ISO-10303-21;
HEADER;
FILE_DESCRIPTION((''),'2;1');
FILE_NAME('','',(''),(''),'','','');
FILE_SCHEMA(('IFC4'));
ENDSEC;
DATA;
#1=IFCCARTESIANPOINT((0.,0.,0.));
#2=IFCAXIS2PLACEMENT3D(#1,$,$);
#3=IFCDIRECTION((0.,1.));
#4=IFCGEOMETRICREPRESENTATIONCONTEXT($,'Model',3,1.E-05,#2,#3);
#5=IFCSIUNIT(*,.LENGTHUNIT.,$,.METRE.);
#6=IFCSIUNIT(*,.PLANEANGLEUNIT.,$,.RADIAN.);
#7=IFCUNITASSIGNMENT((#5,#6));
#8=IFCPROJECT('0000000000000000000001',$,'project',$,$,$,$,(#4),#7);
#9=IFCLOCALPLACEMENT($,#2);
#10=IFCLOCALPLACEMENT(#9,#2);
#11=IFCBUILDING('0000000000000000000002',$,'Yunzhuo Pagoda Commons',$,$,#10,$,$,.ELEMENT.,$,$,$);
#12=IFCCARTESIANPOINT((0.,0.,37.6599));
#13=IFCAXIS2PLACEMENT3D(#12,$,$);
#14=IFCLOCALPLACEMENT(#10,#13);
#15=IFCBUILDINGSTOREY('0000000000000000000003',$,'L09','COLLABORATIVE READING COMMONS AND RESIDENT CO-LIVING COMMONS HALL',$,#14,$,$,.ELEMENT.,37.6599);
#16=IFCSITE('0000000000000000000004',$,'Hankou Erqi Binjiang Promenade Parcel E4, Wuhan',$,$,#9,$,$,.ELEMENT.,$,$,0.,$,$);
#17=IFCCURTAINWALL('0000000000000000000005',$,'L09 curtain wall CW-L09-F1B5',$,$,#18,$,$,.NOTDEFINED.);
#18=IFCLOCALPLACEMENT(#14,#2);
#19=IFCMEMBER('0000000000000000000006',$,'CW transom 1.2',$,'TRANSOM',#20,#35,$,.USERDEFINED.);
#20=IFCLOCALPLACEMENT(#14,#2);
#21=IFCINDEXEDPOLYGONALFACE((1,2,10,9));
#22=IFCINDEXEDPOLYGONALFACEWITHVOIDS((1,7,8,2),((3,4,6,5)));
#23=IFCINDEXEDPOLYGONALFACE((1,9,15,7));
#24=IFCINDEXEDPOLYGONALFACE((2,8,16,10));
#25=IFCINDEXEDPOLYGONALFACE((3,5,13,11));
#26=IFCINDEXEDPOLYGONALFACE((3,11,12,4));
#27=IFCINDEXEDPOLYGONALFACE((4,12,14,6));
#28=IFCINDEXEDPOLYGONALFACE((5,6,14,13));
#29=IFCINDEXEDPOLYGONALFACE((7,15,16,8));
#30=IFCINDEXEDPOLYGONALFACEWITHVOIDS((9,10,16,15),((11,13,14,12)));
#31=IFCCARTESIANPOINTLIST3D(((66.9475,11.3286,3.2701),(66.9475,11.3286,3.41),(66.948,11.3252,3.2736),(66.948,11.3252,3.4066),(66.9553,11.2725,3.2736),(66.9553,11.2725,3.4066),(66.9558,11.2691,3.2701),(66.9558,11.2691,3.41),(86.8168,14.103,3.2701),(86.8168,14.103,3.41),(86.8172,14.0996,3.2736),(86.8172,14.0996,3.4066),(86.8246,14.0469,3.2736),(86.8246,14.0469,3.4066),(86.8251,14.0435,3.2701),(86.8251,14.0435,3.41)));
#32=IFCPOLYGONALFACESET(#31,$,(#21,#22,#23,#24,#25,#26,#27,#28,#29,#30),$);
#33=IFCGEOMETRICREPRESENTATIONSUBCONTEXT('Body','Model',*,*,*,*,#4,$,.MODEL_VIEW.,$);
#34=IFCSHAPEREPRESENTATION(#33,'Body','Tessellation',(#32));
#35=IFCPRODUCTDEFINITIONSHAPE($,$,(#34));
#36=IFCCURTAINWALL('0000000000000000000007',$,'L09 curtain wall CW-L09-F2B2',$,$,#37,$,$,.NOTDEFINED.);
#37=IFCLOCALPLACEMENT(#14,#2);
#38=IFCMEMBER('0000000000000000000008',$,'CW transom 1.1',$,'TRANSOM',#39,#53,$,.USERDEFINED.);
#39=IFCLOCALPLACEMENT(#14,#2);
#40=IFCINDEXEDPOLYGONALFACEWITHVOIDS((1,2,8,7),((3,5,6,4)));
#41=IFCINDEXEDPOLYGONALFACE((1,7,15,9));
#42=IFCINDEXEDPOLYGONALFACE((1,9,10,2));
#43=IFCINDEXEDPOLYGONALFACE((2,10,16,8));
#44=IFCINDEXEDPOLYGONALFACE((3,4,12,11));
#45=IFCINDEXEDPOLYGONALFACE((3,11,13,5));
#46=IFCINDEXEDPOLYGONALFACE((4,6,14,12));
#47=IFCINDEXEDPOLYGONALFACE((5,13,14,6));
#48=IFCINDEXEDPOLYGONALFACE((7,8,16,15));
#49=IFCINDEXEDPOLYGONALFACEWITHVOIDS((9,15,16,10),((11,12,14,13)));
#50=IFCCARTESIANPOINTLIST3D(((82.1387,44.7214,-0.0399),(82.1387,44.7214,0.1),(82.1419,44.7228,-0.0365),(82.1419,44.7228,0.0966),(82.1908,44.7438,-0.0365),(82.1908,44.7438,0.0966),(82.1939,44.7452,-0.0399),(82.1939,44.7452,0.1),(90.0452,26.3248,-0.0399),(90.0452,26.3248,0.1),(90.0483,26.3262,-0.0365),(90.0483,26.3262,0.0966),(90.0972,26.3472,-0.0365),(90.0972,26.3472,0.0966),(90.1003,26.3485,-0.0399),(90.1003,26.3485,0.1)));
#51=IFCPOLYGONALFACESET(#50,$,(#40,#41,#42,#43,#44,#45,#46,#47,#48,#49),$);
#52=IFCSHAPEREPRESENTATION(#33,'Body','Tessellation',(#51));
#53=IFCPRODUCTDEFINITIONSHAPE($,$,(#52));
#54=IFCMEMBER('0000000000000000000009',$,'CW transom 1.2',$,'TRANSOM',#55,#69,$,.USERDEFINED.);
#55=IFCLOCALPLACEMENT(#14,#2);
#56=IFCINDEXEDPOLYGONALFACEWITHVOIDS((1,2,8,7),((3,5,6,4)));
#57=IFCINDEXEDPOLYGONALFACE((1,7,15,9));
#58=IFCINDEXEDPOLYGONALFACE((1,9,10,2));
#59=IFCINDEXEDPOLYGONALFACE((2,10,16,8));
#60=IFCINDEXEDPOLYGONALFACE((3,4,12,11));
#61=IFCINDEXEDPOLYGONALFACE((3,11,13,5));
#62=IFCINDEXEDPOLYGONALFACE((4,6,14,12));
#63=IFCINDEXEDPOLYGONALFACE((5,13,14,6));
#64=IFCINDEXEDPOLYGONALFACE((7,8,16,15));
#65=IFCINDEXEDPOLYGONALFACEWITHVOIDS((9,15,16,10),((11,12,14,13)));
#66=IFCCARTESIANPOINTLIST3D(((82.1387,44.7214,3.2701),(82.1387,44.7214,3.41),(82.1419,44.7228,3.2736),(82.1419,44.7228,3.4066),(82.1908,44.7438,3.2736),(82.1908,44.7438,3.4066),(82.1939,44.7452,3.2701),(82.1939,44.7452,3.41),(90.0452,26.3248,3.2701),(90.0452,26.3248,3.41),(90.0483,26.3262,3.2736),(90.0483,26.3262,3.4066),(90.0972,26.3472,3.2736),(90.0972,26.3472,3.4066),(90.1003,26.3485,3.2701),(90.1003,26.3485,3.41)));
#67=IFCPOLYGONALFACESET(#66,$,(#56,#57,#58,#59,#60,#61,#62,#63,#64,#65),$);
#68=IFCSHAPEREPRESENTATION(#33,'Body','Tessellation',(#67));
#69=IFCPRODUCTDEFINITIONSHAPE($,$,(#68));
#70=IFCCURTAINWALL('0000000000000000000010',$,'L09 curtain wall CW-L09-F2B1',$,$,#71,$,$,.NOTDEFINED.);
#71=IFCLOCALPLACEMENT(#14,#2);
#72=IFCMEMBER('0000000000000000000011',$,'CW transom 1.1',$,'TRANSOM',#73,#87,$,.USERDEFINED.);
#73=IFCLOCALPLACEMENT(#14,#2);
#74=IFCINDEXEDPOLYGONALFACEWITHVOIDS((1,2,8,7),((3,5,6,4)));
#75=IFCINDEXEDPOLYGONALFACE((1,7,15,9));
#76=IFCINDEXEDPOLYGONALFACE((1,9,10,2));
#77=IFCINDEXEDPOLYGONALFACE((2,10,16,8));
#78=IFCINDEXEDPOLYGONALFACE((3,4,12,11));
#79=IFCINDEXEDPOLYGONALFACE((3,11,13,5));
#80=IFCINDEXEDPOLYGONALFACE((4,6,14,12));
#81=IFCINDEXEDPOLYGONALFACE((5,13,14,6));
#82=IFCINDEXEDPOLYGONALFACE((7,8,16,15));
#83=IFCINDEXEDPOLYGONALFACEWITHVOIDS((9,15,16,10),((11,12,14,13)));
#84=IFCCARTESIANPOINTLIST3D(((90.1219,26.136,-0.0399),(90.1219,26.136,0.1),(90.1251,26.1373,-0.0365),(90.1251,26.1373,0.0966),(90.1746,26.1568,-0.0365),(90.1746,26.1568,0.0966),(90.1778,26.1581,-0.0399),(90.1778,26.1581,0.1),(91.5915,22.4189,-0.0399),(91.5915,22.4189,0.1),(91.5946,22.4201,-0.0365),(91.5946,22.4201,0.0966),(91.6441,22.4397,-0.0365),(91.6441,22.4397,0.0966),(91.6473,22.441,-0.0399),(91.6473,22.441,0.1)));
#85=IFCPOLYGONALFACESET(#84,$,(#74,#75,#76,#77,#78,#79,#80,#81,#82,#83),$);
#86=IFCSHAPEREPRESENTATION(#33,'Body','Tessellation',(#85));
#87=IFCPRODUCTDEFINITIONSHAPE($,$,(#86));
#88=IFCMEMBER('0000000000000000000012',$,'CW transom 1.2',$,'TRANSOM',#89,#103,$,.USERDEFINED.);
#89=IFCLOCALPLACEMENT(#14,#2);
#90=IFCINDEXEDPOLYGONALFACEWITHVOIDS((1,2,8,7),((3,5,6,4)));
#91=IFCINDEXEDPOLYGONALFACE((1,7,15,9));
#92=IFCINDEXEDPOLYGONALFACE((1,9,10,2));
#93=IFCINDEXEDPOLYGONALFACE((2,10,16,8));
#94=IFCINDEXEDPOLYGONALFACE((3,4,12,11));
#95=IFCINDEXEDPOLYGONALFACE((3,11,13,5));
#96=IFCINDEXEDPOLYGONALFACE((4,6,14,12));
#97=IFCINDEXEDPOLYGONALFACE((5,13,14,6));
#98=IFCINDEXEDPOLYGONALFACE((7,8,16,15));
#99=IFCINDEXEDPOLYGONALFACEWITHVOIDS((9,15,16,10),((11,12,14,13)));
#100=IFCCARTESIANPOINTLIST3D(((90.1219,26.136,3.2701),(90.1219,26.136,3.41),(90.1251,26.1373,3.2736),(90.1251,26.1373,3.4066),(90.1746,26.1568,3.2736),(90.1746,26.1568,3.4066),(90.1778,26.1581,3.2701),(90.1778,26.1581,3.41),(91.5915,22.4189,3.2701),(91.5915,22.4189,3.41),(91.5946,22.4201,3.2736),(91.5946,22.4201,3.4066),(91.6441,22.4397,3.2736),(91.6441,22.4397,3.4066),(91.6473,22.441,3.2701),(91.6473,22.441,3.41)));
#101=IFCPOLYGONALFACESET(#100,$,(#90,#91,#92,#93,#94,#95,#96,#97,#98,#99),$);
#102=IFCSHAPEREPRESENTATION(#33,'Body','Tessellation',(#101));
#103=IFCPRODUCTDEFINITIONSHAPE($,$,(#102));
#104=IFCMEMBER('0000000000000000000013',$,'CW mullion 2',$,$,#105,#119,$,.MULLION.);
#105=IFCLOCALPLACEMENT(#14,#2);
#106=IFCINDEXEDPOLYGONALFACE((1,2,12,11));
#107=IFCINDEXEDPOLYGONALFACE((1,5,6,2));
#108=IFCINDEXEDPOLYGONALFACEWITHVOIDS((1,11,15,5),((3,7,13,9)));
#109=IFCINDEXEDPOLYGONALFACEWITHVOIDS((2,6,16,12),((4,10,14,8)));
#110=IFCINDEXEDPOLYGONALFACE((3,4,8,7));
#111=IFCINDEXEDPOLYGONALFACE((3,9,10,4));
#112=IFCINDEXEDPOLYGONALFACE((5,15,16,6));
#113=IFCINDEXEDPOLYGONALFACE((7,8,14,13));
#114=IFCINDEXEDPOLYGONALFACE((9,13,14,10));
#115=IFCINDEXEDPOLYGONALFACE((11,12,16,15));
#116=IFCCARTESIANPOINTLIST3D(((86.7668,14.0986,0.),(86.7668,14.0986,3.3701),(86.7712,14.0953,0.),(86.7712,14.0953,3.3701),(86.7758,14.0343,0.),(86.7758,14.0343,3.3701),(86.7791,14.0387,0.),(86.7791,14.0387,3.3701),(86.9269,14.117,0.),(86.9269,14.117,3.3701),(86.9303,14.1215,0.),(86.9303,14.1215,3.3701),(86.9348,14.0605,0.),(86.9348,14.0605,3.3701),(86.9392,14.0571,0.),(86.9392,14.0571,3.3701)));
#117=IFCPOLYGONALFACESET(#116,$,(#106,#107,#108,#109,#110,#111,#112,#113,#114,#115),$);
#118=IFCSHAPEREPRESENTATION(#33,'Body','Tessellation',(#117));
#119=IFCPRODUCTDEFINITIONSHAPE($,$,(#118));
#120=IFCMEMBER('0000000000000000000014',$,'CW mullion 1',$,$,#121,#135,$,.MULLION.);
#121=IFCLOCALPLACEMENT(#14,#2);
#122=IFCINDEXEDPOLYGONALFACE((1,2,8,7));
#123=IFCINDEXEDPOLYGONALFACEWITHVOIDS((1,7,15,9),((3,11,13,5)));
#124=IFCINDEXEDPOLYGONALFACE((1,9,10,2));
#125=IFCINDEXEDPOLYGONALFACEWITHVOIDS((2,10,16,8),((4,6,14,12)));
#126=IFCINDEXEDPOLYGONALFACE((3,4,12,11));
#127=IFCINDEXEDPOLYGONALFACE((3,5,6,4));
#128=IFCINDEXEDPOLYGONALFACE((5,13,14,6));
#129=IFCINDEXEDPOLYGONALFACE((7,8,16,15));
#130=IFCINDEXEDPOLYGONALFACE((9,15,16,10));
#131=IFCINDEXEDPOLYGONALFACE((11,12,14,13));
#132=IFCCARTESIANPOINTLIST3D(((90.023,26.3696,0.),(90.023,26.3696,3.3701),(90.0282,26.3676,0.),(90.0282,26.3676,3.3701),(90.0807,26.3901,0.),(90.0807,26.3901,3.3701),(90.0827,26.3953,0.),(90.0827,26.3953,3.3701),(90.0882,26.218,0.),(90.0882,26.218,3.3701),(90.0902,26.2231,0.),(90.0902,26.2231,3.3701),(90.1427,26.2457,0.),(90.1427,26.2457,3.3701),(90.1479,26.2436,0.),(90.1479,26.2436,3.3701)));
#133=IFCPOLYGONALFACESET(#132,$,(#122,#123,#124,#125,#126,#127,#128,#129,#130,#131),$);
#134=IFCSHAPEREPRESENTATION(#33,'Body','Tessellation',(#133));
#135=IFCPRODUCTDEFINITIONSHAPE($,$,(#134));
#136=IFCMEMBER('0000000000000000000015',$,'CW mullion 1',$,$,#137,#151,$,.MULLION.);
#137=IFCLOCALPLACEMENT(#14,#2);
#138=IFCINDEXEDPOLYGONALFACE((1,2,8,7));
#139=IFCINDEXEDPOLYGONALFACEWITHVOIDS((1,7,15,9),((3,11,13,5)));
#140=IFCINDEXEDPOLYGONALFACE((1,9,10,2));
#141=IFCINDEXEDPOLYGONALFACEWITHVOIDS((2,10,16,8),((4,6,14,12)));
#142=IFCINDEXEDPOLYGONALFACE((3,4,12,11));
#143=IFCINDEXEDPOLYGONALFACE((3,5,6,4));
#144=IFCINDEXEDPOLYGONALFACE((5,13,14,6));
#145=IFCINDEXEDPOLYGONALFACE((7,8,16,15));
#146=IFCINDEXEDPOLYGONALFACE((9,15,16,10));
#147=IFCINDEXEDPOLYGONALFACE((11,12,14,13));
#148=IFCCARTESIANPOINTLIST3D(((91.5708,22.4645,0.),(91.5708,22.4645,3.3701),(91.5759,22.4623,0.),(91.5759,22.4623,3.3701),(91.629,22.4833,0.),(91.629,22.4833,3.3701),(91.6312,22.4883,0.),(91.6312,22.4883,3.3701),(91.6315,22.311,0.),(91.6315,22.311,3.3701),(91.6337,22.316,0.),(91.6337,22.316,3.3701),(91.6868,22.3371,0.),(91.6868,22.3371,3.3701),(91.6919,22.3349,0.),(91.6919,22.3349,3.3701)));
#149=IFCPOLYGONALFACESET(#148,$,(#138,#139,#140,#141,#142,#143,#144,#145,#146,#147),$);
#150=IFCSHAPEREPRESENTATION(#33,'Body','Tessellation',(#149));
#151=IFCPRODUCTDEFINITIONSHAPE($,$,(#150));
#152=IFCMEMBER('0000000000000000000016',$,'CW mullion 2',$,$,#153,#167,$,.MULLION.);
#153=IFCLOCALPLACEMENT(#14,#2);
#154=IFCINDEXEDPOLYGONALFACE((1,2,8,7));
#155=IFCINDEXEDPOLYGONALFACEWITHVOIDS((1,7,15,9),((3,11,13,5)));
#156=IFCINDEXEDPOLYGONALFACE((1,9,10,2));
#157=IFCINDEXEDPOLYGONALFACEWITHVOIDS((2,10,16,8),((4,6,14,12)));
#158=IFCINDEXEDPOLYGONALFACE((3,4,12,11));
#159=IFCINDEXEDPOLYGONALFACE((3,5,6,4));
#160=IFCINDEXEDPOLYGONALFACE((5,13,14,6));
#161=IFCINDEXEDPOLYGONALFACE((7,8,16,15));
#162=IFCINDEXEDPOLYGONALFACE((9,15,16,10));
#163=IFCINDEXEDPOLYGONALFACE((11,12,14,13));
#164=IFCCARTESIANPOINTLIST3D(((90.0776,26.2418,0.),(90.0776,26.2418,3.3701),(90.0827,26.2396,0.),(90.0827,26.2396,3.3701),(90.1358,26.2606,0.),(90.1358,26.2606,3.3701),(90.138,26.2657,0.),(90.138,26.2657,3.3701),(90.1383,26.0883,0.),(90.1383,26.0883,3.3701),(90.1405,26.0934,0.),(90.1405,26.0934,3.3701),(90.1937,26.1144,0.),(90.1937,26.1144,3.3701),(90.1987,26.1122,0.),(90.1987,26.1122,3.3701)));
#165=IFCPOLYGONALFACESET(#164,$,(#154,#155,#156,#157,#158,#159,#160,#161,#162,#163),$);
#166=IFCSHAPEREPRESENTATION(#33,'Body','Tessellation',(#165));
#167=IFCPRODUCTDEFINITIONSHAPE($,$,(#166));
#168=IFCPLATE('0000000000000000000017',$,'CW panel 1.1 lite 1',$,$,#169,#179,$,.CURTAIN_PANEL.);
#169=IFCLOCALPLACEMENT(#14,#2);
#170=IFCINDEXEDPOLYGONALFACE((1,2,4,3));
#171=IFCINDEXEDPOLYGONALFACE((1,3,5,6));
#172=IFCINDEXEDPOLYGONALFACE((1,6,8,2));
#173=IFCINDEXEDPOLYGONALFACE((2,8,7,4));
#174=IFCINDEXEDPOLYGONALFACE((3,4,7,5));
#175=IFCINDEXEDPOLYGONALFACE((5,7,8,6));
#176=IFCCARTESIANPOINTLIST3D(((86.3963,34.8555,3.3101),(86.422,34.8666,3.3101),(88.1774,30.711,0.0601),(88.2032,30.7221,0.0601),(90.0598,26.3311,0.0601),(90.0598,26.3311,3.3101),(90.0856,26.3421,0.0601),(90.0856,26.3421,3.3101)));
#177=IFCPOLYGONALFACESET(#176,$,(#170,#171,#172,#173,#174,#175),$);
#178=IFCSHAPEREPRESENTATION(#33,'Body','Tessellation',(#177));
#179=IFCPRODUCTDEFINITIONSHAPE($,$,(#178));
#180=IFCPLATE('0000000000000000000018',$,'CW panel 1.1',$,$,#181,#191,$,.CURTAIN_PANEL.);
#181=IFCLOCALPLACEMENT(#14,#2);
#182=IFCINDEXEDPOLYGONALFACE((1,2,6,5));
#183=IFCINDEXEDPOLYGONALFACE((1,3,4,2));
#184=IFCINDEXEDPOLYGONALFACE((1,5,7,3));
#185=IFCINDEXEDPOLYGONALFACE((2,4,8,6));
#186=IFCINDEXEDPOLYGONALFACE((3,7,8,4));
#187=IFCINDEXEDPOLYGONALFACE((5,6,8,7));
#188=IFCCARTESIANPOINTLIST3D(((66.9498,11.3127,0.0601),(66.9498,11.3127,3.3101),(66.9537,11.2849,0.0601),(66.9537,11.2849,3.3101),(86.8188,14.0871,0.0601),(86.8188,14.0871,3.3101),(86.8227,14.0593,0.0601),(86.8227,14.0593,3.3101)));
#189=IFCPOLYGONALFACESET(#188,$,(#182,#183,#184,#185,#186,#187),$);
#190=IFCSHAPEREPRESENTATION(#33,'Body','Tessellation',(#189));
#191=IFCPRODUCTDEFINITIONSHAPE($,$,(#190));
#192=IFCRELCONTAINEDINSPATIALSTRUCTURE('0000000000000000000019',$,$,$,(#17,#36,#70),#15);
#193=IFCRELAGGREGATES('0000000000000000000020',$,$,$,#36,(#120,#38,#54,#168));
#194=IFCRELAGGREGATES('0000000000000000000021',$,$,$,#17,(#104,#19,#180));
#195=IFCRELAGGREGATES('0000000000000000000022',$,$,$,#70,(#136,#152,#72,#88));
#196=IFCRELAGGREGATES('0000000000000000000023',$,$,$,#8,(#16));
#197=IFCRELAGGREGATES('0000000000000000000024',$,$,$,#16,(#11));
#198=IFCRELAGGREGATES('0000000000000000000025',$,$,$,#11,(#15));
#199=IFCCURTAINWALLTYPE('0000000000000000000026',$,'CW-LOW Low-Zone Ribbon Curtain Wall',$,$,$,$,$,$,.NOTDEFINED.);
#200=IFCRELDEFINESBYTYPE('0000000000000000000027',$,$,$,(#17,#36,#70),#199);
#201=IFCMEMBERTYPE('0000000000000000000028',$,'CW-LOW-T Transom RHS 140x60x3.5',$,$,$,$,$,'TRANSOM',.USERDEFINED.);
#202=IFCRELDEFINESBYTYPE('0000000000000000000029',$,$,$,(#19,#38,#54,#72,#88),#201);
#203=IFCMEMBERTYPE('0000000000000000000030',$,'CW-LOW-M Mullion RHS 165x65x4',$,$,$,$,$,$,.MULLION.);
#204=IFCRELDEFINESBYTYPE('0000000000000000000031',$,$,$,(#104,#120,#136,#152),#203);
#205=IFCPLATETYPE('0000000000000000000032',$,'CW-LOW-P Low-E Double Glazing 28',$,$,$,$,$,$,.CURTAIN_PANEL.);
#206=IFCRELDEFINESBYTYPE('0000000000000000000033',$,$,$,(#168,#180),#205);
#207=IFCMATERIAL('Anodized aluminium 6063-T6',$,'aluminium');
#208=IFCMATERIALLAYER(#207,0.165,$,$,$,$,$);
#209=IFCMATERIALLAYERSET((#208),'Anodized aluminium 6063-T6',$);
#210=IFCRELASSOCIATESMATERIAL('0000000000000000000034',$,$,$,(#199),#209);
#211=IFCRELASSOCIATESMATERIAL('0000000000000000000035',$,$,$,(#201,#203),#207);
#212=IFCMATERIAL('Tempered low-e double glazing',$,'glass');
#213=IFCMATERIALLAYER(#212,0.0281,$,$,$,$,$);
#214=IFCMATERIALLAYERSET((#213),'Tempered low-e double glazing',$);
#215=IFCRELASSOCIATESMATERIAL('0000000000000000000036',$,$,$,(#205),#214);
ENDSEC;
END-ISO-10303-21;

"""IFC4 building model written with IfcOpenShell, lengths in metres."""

from ifc_helpers import new_model, si_unit, direction, frame, origin, origin_2d, place, context, subcontext, project, spatial, polyline, rectangle, hollow_rectangle, outline, extrude, source, transform, mapped, material, layer, layer_set, material_profile, profile_set, type_object, element, aggregate, save


model = new_model("IFC4")

# Units and contexts
model_context = context("Model", 3, precision=1e-05, world=origin(), true_north=direction((0.0, 1.0)))
body_context = subcontext(model_context, "Body", "Model", "MODEL_VIEW")
ifc_project = project(units=[si_unit("LENGTHUNIT", "METRE"), si_unit("PLANEANGLEUNIT", "RADIAN")], contexts=[model_context])

# Site, building, storey
site_placement = place(None, origin())
site = spatial("IfcSite", under=ifc_project, at=site_placement, Name="Hankou Erqi Binjiang Promenade Parcel E4, Wuhan", CompositionType="ELEMENT", RefElevation=0.0)
building_placement = place(site_placement, origin())
building = spatial("IfcBuilding", under=site, at=building_placement, Name="Yunzhuo Pagoda Commons", CompositionType="ELEMENT")
storey_placement = place(building_placement, frame((0.0, 0.0, 37.6599)))
storey = spatial("IfcBuildingStorey", under=building, at=storey_placement, Name="L09", Description="COLLABORATIVE READING COMMONS AND RESIDENT CO-LIVING COMMONS HALL", CompositionType="ELEMENT", Elevation=37.6599)

# Curtain walls, members
ifc_material_1 = material(Name="Anodized aluminium 6063-T6", Category="aluminium")
ifc_layer_1 = layer(ifc_material_1, 0.165)
ifc_layer_set_1 = layer_set([ifc_layer_1], Name="Anodized aluminium 6063-T6")
curtain_wall_type = type_object("IfcCurtainWallType", Name="CW-LOW Low-Zone Ribbon Curtain Wall", PredefinedType="NOTDEFINED", material=ifc_layer_set_1)
curtain_wall_1_placement = place(storey_placement, origin())
curtain_wall_1 = element("IfcCurtainWall", 1, at=curtain_wall_1_placement, inside=storey, type_object=curtain_wall_type, Name="L09 curtain wall CW-L09-F1B5", PredefinedType="NOTDEFINED")
ifc_material_profile_1 = material_profile(ifc_material_1, hollow_rectangle(XDim=0.0601, YDim=0.1399, WallThickness=0.0034, at=origin_2d()), Name="Anodized aluminium 6063-T6")
ifc_profile_set_1 = profile_set([ifc_material_profile_1], Name="Anodized aluminium 6063-T6")
member_type_1 = type_object("IfcMemberType", Name="CW-LOW-T Transom RHS 140x60x3.5", ElementType="TRANSOM", PredefinedType="USERDEFINED", material=ifc_profile_set_1)
shared_shape_1 = source(origin(), body_context, "Body", "SweptSolid", [
    extrude(hollow_rectangle(XDim=0.0601, YDim=0.1399, WallThickness=0.0034, at=origin_2d()), origin(), (0.0, 0.0, 1.0), 20.062),
])
member_1_placement = place(storey_placement, frame((66.9517, 11.2988, 3.3401), z_axis=(0.990391, 0.138293, 0.0), x_axis=(-0.138293, 0.990391, 0.0)))
member_1 = element("IfcMember", 2, at=member_1_placement, type_object=member_type_1, Name="CW transom 1.2", ObjectType="TRANSOM", PredefinedType="USERDEFINED", context=body_context, shape_type="MappedRepresentation", body=[
    mapped(shared_shape_1, transform((0.0, 0.0, 0.0), scale=1.0)),
])
curtain_wall_2_placement = place(storey_placement, origin())
curtain_wall_2 = element("IfcCurtainWall", 3, at=curtain_wall_2_placement, inside=storey, type_object=curtain_wall_type, Name="L09 curtain wall CW-L09-F2B2", PredefinedType="NOTDEFINED")
shared_shape_2 = source(origin(), body_context, "Body", "SweptSolid", [
    extrude(hollow_rectangle(XDim=0.0601, YDim=0.1399, WallThickness=0.0034, at=origin_2d()), origin(), (0.0, 0.0, 1.0), 20.0237),
])
member_2_placement = place(storey_placement, frame((90.0728, 26.3367, 0.03), z_axis=(-0.394855, 0.918743, 0.0), x_axis=(-0.918743, -0.394855, 0.0)))
member_2 = element("IfcMember", 4, at=member_2_placement, type_object=member_type_1, Name="CW transom 1.1", ObjectType="TRANSOM", PredefinedType="USERDEFINED", context=body_context, shape_type="MappedRepresentation", body=[
    mapped(shared_shape_2, transform((0.0, 0.0, 0.0), scale=1.0)),
])
member_3_placement = place(storey_placement, frame((90.0728, 26.3367, 3.3401), z_axis=(-0.394855, 0.918743, 0.0), x_axis=(-0.918743, -0.394855, 0.0)))
member_3 = element("IfcMember", 5, at=member_3_placement, type_object=member_type_1, Name="CW transom 1.2", ObjectType="TRANSOM", PredefinedType="USERDEFINED", context=body_context, shape_type="MappedRepresentation", body=[
    mapped(shared_shape_2, transform((0.0, 0.0, 0.0), scale=1.0)),
])
curtain_wall_3_placement = place(storey_placement, origin())
curtain_wall_3 = element("IfcCurtainWall", 6, at=curtain_wall_3_placement, inside=storey, type_object=curtain_wall_type, Name="L09 curtain wall CW-L09-F2B1", PredefinedType="NOTDEFINED")
shared_shape_3 = source(origin(), body_context, "Body", "SweptSolid", [
    extrude(hollow_rectangle(XDim=0.0601, YDim=0.1399, WallThickness=0.0034, at=origin_2d()), origin(), (0.0, 0.0, 1.0), 3.9971),
])
member_4_placement = place(storey_placement, frame((91.6194, 22.4299, 0.03), z_axis=(-0.367649, 0.929965, 0.0), x_axis=(-0.929965, -0.367649, 0.0)))
member_4 = element("IfcMember", 7, at=member_4_placement, type_object=member_type_1, Name="CW transom 1.1", ObjectType="TRANSOM", PredefinedType="USERDEFINED", context=body_context, shape_type="MappedRepresentation", body=[
    mapped(shared_shape_3, transform((0.0, 0.0, 0.0), scale=1.0)),
])
member_5_placement = place(storey_placement, frame((91.6194, 22.4299, 3.3401), z_axis=(-0.367649, 0.929965, 0.0), x_axis=(-0.929965, -0.367649, 0.0)))
member_5 = element("IfcMember", 8, at=member_5_placement, type_object=member_type_1, Name="CW transom 1.2", ObjectType="TRANSOM", PredefinedType="USERDEFINED", context=body_context, shape_type="MappedRepresentation", body=[
    mapped(shared_shape_3, transform((0.0, 0.0, 0.0), scale=1.0)),
])

# Members
ifc_material_profile_2 = material_profile(ifc_material_1, hollow_rectangle(XDim=0.0649, YDim=0.165, WallThickness=0.0039, at=origin_2d()), Name="Anodized aluminium 6063-T6")
ifc_profile_set_2 = profile_set([ifc_material_profile_2], Name="Anodized aluminium 6063-T6")
member_type_2 = type_object("IfcMemberType", Name="CW-LOW-M Mullion RHS 165x65x4", PredefinedType="MULLION", material=ifc_profile_set_2)
shared_shape_4 = source(origin(), body_context, "Body", "SweptSolid", [
    extrude(hollow_rectangle(XDim=0.0649, YDim=0.165, WallThickness=0.0039, at=origin_2d()), origin(), (0.0, 0.0, 1.0), 3.3701),
])
member_6_placement = place(storey_placement, frame((86.853, 14.0779, 0.0), z_axis=(0.0, 0.0, 1.0), x_axis=(-0.138294, 0.990391, 0.0)))
member_6 = element("IfcMember", 9, at=member_6_placement, type_object=member_type_2, Name="CW mullion 2", PredefinedType="MULLION", context=body_context, shape_type="MappedRepresentation", body=[
    mapped(shared_shape_4, transform((0.0, 0.0, 0.0), scale=1.0)),
])
member_7_placement = place(storey_placement, frame((90.0854, 26.3066, 0.0), z_axis=(0.0, 0.0, 1.0), x_axis=(-0.918745, -0.394851, 0.0)))
member_7 = element("IfcMember", 10, at=member_7_placement, type_object=member_type_2, Name="CW mullion 1", PredefinedType="MULLION", context=body_context, shape_type="MappedRepresentation", body=[
    mapped(shared_shape_4, transform((0.0, 0.0, 0.0), scale=1.0)),
])
member_8_placement = place(storey_placement, frame((91.6313, 22.3997, 0.0), z_axis=(0.0, 0.0, 1.0), x_axis=(-0.929958, -0.367665, 0.0)))
member_8 = element("IfcMember", 11, at=member_8_placement, type_object=member_type_2, Name="CW mullion 1", PredefinedType="MULLION", context=body_context, shape_type="MappedRepresentation", body=[
    mapped(shared_shape_4, transform((0.0, 0.0, 0.0), scale=1.0)),
])
member_9_placement = place(storey_placement, frame((90.1382, 26.177, 0.0), z_axis=(0.0, 0.0, 1.0), x_axis=(-0.929958, -0.367665, 0.0)))
member_9 = element("IfcMember", 12, at=member_9_placement, type_object=member_type_2, Name="CW mullion 2", PredefinedType="MULLION", context=body_context, shape_type="MappedRepresentation", body=[
    mapped(shared_shape_4, transform((0.0, 0.0, 0.0), scale=1.0)),
])

# Plates
ifc_material_2 = material(Name="Tempered low-e double glazing", Category="glass")
ifc_layer_2 = layer(ifc_material_2, 0.0281)
ifc_layer_set_2 = layer_set([ifc_layer_2], Name="Tempered low-e double glazing")
plate_type = type_object("IfcPlateType", Name="CW-LOW-P Low-E Double Glazing 28", PredefinedType="CURTAIN_PANEL", material=ifc_layer_set_2)
plate_1_placement = place(storey_placement, frame((88.228, 30.5933, 1.6851), z_axis=(0.918745, 0.394851, 0.0), x_axis=(-0.394851, 0.918745, 0.0)))
plate_1 = element("IfcPlate", 13, at=plate_1_placement, type_object=plate_type, Name="CW panel 1.1 lite 1", PredefinedType="CURTAIN_PANEL", context=body_context, shape_type="SweptSolid", body=[
    extrude(outline(polyline([(-4.6392, -1.625), (0.1282, -1.625), (4.6392, 1.625), (-4.6392, 1.625), (-4.6392, -1.625)])), origin(), (0.0, 0.0, 1.0), 0.0281),
])
aggregate(curtain_wall_2, [member_7, member_2, member_3, plate_1])
shared_shape_5 = source(origin(), body_context, "Body", "SweptSolid", [
    extrude(rectangle(XDim=20.0618, YDim=0.0281, at=origin_2d()), origin(), (0.0, 0.0, 1.0), 3.25),
])
plate_2_placement = place(storey_placement, frame((76.8862, 12.686, 0.0601), z_axis=(0.0, 0.0, 1.0), x_axis=(0.990391, 0.138294, 0.0)))
plate_2 = element("IfcPlate", 14, at=plate_2_placement, type_object=plate_type, Name="CW panel 1.1", PredefinedType="CURTAIN_PANEL", context=body_context, shape_type="MappedRepresentation", body=[
    mapped(shared_shape_5, transform((0.0, 0.0, 0.0), scale=1.0)),
])
aggregate(curtain_wall_1, [member_6, member_1, plate_2])
aggregate(curtain_wall_3, [member_8, member_9, member_4, member_5])

save(model, "model.ifc")
